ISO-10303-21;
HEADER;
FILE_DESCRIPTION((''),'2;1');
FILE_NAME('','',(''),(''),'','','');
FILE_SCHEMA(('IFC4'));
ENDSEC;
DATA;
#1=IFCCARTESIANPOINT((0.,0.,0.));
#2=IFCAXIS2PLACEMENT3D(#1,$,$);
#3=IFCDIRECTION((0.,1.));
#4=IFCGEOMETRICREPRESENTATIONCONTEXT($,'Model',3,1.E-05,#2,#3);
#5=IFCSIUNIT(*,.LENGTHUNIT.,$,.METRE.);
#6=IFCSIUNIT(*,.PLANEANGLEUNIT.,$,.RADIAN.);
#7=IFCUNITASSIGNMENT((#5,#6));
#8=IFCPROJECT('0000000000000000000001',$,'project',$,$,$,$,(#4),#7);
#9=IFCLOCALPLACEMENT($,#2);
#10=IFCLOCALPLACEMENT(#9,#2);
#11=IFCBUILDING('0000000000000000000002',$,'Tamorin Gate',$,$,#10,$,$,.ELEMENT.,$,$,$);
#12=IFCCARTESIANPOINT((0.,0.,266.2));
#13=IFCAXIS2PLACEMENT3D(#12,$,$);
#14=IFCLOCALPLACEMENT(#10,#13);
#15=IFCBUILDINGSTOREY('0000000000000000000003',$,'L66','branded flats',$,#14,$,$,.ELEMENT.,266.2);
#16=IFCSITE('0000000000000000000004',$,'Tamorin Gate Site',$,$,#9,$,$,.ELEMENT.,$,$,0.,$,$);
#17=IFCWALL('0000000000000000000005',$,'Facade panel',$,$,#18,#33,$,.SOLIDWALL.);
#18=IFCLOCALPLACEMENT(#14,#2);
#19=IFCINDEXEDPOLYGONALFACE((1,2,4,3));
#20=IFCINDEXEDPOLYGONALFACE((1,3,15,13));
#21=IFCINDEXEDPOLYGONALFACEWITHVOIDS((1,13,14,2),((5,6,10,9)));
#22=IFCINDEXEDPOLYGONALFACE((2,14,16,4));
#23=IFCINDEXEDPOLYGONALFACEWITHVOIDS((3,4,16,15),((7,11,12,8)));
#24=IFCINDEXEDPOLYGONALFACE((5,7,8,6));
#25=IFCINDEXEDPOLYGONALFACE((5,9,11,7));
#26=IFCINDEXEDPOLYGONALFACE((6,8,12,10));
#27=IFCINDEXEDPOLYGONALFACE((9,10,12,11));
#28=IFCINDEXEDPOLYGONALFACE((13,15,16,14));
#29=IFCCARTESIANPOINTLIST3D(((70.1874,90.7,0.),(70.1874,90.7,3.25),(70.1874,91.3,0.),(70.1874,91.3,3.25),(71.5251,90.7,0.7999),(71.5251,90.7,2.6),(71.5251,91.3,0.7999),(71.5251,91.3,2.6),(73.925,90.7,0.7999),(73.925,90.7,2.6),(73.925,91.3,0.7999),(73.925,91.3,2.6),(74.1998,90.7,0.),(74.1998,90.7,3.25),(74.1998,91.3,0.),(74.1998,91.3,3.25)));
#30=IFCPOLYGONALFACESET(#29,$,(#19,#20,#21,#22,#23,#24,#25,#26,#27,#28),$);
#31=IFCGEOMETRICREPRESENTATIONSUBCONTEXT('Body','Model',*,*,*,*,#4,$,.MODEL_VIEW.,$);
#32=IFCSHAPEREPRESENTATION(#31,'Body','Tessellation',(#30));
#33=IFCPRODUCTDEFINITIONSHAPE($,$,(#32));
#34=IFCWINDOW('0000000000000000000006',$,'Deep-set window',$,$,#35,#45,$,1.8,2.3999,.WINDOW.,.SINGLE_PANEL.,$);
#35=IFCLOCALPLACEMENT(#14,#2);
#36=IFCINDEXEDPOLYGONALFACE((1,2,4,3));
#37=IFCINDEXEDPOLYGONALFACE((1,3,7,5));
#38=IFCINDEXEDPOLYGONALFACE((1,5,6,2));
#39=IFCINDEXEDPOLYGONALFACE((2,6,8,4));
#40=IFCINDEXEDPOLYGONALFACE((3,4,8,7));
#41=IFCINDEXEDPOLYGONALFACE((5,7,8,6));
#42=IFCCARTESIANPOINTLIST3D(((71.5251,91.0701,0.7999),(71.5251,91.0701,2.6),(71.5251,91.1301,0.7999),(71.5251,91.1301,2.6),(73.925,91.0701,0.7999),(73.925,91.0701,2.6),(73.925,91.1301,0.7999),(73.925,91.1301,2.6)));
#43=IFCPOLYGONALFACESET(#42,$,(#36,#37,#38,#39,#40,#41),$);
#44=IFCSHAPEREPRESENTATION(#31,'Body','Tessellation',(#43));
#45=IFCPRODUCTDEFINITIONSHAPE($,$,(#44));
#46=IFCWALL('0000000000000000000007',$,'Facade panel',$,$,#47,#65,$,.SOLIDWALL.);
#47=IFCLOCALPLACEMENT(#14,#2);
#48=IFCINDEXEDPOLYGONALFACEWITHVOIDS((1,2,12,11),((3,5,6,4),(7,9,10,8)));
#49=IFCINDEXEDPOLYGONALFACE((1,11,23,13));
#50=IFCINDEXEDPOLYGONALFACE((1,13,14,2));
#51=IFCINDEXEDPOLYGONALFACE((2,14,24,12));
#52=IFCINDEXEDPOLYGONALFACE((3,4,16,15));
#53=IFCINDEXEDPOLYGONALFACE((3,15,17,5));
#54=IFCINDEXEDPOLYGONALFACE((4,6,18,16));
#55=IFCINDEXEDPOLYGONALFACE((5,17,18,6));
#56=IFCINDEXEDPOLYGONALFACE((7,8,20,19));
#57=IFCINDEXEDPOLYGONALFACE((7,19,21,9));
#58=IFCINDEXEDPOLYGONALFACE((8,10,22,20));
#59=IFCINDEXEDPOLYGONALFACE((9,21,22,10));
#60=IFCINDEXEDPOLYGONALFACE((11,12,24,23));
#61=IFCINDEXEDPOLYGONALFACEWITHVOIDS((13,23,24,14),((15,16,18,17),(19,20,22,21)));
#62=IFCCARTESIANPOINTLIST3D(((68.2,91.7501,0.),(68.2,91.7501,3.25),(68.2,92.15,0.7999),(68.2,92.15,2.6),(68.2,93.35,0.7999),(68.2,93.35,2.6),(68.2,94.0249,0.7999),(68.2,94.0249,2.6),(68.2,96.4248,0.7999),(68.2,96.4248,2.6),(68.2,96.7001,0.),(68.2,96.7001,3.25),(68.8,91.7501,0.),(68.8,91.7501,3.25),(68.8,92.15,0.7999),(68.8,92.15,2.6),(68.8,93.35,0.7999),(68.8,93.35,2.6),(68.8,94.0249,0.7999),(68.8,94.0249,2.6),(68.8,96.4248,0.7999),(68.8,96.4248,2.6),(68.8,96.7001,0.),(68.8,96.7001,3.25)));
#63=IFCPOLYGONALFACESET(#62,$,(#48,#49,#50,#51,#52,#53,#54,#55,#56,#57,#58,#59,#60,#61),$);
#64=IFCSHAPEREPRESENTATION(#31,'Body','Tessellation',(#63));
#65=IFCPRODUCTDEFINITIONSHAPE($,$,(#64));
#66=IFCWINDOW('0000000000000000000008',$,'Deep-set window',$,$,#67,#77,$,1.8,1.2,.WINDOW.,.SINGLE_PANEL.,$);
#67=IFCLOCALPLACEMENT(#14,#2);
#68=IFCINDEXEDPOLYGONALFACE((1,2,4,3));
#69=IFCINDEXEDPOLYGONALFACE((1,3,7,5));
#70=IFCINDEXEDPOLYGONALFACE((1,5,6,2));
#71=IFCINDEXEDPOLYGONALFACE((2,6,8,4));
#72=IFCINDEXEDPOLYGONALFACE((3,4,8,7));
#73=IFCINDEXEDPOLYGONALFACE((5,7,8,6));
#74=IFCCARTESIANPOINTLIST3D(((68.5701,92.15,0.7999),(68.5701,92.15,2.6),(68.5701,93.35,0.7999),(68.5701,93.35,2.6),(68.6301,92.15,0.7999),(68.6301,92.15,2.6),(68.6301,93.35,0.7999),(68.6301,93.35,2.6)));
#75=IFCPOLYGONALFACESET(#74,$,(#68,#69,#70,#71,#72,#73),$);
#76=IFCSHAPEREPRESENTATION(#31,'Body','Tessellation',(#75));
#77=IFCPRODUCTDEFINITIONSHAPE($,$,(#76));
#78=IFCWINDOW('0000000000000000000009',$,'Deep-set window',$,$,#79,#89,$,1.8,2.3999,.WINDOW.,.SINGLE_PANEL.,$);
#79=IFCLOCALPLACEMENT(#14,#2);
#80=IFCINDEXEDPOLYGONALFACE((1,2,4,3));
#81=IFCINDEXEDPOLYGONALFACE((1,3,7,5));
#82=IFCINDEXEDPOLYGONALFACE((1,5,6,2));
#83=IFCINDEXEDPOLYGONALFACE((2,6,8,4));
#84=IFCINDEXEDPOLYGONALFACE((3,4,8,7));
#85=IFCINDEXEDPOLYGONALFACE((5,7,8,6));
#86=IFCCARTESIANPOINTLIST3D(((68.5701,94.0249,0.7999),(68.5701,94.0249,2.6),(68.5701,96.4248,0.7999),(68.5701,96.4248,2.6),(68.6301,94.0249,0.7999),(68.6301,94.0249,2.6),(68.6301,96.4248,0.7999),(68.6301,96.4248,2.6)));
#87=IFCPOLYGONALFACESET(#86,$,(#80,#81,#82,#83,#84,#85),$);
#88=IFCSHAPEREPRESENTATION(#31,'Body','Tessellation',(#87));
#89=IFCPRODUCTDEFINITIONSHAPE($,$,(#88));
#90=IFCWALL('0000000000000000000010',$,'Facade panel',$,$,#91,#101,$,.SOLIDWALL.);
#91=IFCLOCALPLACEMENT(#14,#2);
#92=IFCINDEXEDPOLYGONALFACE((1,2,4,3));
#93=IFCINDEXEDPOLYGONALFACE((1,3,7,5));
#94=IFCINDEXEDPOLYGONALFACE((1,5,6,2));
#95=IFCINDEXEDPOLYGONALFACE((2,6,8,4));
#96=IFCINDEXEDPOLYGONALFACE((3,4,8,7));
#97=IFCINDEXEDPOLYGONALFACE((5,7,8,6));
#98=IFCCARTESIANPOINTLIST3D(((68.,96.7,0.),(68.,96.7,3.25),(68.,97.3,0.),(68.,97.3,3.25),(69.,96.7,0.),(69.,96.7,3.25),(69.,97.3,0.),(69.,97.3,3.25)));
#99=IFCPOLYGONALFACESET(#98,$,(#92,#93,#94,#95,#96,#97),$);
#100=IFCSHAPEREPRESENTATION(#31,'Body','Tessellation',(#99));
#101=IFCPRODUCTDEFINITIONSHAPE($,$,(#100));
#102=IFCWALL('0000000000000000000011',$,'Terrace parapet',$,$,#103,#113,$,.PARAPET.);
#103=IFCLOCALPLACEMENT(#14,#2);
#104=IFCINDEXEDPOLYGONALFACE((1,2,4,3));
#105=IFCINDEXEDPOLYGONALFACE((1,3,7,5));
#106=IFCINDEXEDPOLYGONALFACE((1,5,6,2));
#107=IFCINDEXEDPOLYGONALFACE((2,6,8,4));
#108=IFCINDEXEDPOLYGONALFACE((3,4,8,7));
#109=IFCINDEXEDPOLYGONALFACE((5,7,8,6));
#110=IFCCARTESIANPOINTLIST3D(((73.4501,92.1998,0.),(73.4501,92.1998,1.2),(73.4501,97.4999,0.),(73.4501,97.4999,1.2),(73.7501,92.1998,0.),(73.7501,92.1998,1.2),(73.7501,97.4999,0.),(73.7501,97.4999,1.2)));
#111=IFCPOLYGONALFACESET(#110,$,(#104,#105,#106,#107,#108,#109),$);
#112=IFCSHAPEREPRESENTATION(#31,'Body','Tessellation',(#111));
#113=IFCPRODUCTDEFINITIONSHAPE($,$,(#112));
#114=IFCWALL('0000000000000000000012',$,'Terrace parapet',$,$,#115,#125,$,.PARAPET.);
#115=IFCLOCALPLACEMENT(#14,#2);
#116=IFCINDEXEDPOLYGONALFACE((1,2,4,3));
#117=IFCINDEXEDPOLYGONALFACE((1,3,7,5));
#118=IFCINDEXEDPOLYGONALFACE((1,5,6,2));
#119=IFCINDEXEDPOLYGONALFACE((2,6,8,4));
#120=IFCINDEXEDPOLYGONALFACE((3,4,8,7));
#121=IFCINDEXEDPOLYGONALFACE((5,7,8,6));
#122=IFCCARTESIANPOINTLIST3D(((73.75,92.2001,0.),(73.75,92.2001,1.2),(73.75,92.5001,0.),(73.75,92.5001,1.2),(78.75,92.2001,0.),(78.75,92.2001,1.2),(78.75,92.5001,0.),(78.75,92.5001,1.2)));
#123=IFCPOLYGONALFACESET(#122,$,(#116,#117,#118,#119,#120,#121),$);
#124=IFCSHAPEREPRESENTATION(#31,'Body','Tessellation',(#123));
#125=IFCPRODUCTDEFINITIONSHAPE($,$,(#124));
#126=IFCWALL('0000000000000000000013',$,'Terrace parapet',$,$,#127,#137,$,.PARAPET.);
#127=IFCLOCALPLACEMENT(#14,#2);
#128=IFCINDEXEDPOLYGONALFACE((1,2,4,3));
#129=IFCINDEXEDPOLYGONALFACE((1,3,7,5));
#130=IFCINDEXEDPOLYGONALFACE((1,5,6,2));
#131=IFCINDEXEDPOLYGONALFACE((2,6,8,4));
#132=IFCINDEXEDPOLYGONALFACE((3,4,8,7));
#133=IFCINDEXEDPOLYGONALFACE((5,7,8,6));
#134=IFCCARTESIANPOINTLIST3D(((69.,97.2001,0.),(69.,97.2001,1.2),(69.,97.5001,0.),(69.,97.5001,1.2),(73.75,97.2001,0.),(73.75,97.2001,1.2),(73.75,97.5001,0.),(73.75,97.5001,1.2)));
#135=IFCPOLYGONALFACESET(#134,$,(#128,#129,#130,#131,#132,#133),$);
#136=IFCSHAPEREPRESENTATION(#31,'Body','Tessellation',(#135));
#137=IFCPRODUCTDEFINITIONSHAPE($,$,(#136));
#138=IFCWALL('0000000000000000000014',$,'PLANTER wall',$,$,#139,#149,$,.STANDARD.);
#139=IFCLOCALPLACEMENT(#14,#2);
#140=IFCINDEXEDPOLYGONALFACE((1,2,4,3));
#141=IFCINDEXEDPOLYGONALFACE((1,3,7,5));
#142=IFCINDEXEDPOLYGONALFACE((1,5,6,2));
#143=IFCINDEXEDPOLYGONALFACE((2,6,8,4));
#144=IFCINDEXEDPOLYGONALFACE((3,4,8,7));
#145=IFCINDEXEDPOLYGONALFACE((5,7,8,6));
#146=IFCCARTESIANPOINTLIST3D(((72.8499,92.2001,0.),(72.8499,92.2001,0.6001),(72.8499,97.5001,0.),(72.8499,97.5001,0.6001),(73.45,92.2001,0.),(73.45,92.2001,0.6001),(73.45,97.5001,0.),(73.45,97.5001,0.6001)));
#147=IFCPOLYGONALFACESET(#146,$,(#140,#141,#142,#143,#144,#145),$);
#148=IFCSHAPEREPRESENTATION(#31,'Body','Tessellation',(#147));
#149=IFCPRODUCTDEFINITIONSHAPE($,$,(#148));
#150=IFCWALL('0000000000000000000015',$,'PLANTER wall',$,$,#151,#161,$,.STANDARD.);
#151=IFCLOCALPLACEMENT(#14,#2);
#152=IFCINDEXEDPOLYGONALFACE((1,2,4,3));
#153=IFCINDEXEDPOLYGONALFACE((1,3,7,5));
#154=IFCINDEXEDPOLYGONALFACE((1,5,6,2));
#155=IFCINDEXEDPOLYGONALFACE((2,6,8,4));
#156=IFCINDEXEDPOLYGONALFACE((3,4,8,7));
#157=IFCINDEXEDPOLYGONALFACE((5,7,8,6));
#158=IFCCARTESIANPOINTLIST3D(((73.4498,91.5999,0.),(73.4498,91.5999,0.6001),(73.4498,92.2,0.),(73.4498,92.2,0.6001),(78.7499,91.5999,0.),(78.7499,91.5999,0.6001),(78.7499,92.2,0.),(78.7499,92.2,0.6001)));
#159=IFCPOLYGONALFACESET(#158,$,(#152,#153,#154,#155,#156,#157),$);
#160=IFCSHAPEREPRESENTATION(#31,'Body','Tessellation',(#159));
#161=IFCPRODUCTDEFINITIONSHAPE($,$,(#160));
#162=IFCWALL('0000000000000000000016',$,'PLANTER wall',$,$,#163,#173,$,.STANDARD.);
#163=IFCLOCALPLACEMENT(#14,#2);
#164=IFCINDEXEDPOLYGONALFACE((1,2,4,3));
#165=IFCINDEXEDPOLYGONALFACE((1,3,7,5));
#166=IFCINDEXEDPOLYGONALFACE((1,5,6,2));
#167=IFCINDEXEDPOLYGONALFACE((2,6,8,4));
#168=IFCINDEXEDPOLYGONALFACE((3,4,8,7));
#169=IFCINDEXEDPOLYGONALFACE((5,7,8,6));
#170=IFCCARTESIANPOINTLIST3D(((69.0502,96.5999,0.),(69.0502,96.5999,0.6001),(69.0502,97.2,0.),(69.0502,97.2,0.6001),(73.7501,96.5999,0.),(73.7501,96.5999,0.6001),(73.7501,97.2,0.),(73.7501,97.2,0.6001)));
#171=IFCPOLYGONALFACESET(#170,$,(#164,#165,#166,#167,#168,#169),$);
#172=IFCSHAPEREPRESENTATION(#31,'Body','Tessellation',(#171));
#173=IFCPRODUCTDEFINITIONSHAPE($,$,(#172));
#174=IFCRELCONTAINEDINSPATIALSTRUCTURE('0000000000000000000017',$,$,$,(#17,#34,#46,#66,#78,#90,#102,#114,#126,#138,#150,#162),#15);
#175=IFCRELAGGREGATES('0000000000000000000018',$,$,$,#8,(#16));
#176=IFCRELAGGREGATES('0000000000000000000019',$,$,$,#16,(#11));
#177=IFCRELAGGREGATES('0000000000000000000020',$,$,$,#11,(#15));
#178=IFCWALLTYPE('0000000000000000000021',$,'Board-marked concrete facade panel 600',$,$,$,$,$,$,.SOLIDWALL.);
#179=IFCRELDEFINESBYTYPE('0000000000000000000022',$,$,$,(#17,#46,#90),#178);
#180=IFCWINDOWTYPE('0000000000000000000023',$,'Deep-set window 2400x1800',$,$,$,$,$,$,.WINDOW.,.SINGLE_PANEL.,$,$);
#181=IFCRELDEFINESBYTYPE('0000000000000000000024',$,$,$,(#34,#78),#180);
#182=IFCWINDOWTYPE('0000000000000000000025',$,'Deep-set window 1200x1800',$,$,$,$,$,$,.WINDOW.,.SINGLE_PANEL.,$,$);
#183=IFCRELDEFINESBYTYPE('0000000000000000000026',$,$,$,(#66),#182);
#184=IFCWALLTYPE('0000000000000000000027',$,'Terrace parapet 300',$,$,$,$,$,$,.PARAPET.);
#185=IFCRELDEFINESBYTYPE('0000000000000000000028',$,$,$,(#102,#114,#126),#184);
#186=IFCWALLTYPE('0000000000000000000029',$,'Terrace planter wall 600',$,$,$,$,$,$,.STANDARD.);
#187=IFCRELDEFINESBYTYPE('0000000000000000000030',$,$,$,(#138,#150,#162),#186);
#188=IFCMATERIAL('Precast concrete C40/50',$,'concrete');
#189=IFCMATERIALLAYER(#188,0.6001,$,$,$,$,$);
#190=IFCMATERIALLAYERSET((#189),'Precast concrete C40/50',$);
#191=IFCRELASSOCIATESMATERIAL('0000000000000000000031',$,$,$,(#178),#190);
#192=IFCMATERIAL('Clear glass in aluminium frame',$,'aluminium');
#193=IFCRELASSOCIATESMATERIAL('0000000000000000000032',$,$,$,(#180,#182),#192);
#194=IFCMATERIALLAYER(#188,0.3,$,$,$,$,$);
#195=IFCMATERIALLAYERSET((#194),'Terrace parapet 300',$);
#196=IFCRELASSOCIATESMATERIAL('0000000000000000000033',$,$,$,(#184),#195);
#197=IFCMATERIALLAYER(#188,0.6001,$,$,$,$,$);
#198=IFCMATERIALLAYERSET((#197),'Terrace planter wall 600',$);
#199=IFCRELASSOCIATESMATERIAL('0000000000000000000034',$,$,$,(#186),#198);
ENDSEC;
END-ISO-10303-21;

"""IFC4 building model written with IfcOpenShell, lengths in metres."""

from ifc_helpers import new_model, si_unit, direction, frame, frame_2d, origin, place, context, subcontext, project, spatial, rectangle, extrude, material, layer, layer_set, type_object, element, fill, save


model = new_model("IFC4")

# Units and contexts
model_context = context("Model", 3, precision=1e-05, world=origin(), true_north=direction((0.0, 1.0)))
body_context = subcontext(model_context, "Body", "Model", "MODEL_VIEW")
ifc_project = project(units=[si_unit("LENGTHUNIT", "METRE"), si_unit("PLANEANGLEUNIT", "RADIAN")], contexts=[model_context])

# Site, building, storey
site_placement = place(None, origin())
site = spatial("IfcSite", under=ifc_project, at=site_placement, Name="Tamorin Gate Site", CompositionType="ELEMENT", RefElevation=0.0)
building_placement = place(site_placement, origin())
building = spatial("IfcBuilding", under=site, at=building_placement, Name="Tamorin Gate", CompositionType="ELEMENT")
storey_placement = place(building_placement, frame((0.0, 0.0, 266.2)))
storey = spatial("IfcBuildingStorey", under=building, at=storey_placement, Name="L66", Description="branded flats", CompositionType="ELEMENT", Elevation=266.2)

# Shared definitions
ifc_material_1 = material(Name="Precast concrete C40/50", Category="concrete")
ifc_layer_1 = layer(ifc_material_1, 0.6001)
ifc_layer_set_1 = layer_set([ifc_layer_1], Name="Precast concrete C40/50")
wall_type_1 = type_object("IfcWallType", Name="Board-marked concrete facade panel 600", PredefinedType="SOLIDWALL", material=ifc_layer_set_1)
ifc_material_2 = material(Name="Clear glass in aluminium frame", Category="aluminium")
window_type_1 = type_object("IfcWindowType", Name="Deep-set window 2400x1800", PartitioningType="SINGLE_PANEL", PredefinedType="WINDOW", material=ifc_material_2)

# Wall, opening, window
wall_1_placement = place(storey_placement, frame((74.2, 91.0, 0.0), z_axis=(0.0, 0.0, 1.0), x_axis=(-1.0, 0.0, 0.0)))
wall_1 = element("IfcWall", 1, at=wall_1_placement, inside=storey, type_object=wall_type_1, Name="Facade panel", PredefinedType="SOLIDWALL", context=body_context, shape_type="SweptSolid", body=[
    extrude(rectangle(XDim=4.0125, YDim=0.6001, at=frame_2d((2.0063, 0.0))), origin(), (0.0, 0.0, 1.0), 3.25),
])
opening_1_placement = place(wall_1_placement, frame((0.2749, 0.0, 0.8)))
opening_1 = element("IfcOpeningElement", 2, at=opening_1_placement, cuts=wall_1, PredefinedType="OPENING", context=body_context, shape_type="SweptSolid", body=[
    extrude(rectangle(XDim=2.3999, YDim=1.8, at=frame_2d((1.2, 0.8999))), frame((0.0, 0.3101, 0.0), z_axis=(0.0, -1.0, 0.0), x_axis=(1.0, 0.0, 0.0)), (0.0, 0.0, 1.0), 0.6201),
])
window_1_placement = place(opening_1_placement, origin())
window_1 = element("IfcWindow", 3, at=window_1_placement, inside=storey, type_object=window_type_1, Name="Deep-set window", OverallHeight=1.8, OverallWidth=2.3999, PartitioningType="SINGLE_PANEL", PredefinedType="WINDOW", context=body_context, shape_type="SweptSolid", body=[
    extrude(rectangle(XDim=2.3999, YDim=1.8, at=frame_2d((1.2, 0.8999))), frame((0.0, -0.0701, 0.0), z_axis=(0.0, -1.0, 0.0), x_axis=(1.0, 0.0, 0.0)), (0.0, 0.0, 1.0), 0.0601),
])
fill(opening_1, window_1)

# Wall, openings, windows
wall_2_placement = place(storey_placement, frame((68.5, 91.75, 0.0), z_axis=(0.0, 0.0, 1.0), x_axis=(0.0, 1.0, 0.0)))
wall_2 = element("IfcWall", 4, at=wall_2_placement, inside=storey, type_object=wall_type_1, Name="Facade panel", PredefinedType="SOLIDWALL", context=body_context, shape_type="SweptSolid", body=[
    extrude(rectangle(XDim=4.95, YDim=0.6001, at=frame_2d((2.4751, 0.0))), origin(), (0.0, 0.0, 1.0), 3.25),
])
opening_2_placement = place(wall_2_placement, frame((0.3999, 0.0, 0.8)))
opening_2 = element("IfcOpeningElement", 5, at=opening_2_placement, cuts=wall_2, PredefinedType="OPENING", context=body_context, shape_type="SweptSolid", body=[
    extrude(rectangle(XDim=1.2, YDim=1.8, at=frame_2d((0.6001, 0.8999))), frame((0.0, 0.3101, 0.0), z_axis=(0.0, -1.0, 0.0), x_axis=(1.0, 0.0, 0.0)), (0.0, 0.0, 1.0), 0.6201),
])
opening_3_placement = place(wall_2_placement, frame((2.2749, 0.0, 0.8)))
opening_3 = element("IfcOpeningElement", 6, at=opening_3_placement, cuts=wall_2, PredefinedType="OPENING", context=body_context, shape_type="SweptSolid", body=[
    extrude(rectangle(XDim=2.3999, YDim=1.8, at=frame_2d((1.2, 0.8999))), frame((0.0, 0.3101, 0.0), z_axis=(0.0, -1.0, 0.0), x_axis=(1.0, 0.0, 0.0)), (0.0, 0.0, 1.0), 0.6201),
])
window_type_2 = type_object("IfcWindowType", Name="Deep-set window 1200x1800", PartitioningType="SINGLE_PANEL", PredefinedType="WINDOW", material=ifc_material_2)
window_2_placement = place(opening_2_placement, origin())
window_2 = element("IfcWindow", 7, at=window_2_placement, inside=storey, type_object=window_type_2, Name="Deep-set window", OverallHeight=1.8, OverallWidth=1.2, PartitioningType="SINGLE_PANEL", PredefinedType="WINDOW", context=body_context, shape_type="SweptSolid", body=[
    extrude(rectangle(XDim=1.2, YDim=1.8, at=frame_2d((0.6001, 0.8999))), frame((0.0, -0.0701, 0.0), z_axis=(0.0, -1.0, 0.0), x_axis=(1.0, 0.0, 0.0)), (0.0, 0.0, 1.0), 0.0601),
])
fill(opening_2, window_2)
window_3_placement = place(opening_3_placement, origin())
window_3 = element("IfcWindow", 8, at=window_3_placement, inside=storey, type_object=window_type_1, Name="Deep-set window", OverallHeight=1.8, OverallWidth=2.3999, PartitioningType="SINGLE_PANEL", PredefinedType="WINDOW", context=body_context, shape_type="SweptSolid", body=[
    extrude(rectangle(XDim=2.3999, YDim=1.8, at=frame_2d((1.2, 0.8999))), frame((0.0, -0.0701, 0.0), z_axis=(0.0, -1.0, 0.0), x_axis=(1.0, 0.0, 0.0)), (0.0, 0.0, 1.0), 0.0601),
])
fill(opening_3, window_3)

# Walls
wall_3_placement = place(storey_placement, frame((69.0, 97.0, 0.0), z_axis=(0.0, 0.0, 1.0), x_axis=(-1.0, 0.0, 0.0)))
element("IfcWall", 9, at=wall_3_placement, inside=storey, type_object=wall_type_1, Name="Facade panel", PredefinedType="SOLIDWALL", context=body_context, shape_type="SweptSolid", body=[
    extrude(rectangle(XDim=1.0, YDim=0.6001, at=frame_2d((0.5, 0.0))), origin(), (0.0, 0.0, 1.0), 3.25),
])
ifc_layer_2 = layer(ifc_material_1, 0.3)
ifc_layer_set_2 = layer_set([ifc_layer_2], Name="Terrace parapet 300")
wall_type_2 = type_object("IfcWallType", Name="Terrace parapet 300", PredefinedType="PARAPET", material=ifc_layer_set_2)
wall_4_placement = place(storey_placement, frame((73.6001, 92.2, 0.0), z_axis=(0.0, 0.0, 1.0), x_axis=(0.0, 1.0, 0.0)))
element("IfcWall", 10, at=wall_4_placement, inside=storey, type_object=wall_type_2, Name="Terrace parapet", PredefinedType="PARAPET", context=body_context, shape_type="SweptSolid", body=[
    extrude(rectangle(XDim=5.3, YDim=0.3, at=frame_2d((2.6499, 0.0))), origin(), (0.0, 0.0, 1.0), 1.2),
])
wall_5_placement = place(storey_placement, frame((73.75, 92.3501, 0.0), z_axis=(0.0, 0.0, 1.0), x_axis=(1.0, 0.0, 0.0)))
element("IfcWall", 11, at=wall_5_placement, inside=storey, type_object=wall_type_2, Name="Terrace parapet", PredefinedType="PARAPET", context=body_context, shape_type="SweptSolid", body=[
    extrude(rectangle(XDim=5.0, YDim=0.3, at=frame_2d((2.5, 0.0))), origin(), (0.0, 0.0, 1.0), 1.2),
])
wall_6_placement = place(storey_placement, frame((69.0, 97.3501, 0.0), z_axis=(0.0, 0.0, 1.0), x_axis=(1.0, 0.0, 0.0)))
element("IfcWall", 12, at=wall_6_placement, inside=storey, type_object=wall_type_2, Name="Terrace parapet", PredefinedType="PARAPET", context=body_context, shape_type="SweptSolid", body=[
    extrude(rectangle(XDim=4.75, YDim=0.3, at=frame_2d((2.375, 0.0))), origin(), (0.0, 0.0, 1.0), 1.2),
])
ifc_layer_3 = layer(ifc_material_1, 0.6001)
ifc_layer_set_3 = layer_set([ifc_layer_3], Name="Terrace planter wall 600")
wall_type_3 = type_object("IfcWallType", Name="Terrace planter wall 600", PredefinedType="STANDARD", material=ifc_layer_set_3)
for number, where, z_axis, x_axis, name in (
    (13, (73.1499, 97.5, 0.0), (0.0, 0.0, 1.0), (0.0, -1.0, 0.0), "PLANTER wall"),
    (14, (73.45, 91.8999, 0.0), (0.0, 0.0, 1.0), (1.0, 0.0, 0.0), "PLANTER wall"),
):
    element("IfcWall", number, at=place(storey_placement, frame(where, z_axis=z_axis, x_axis=x_axis)), inside=storey, type_object=wall_type_3, Name=name, PredefinedType="STANDARD", context=body_context, shape_type="SweptSolid", body=[
        extrude(rectangle(XDim=5.3, YDim=0.6001, at=frame_2d((2.6499, 0.0))), origin(), (0.0, 0.0, 1.0), 0.6001),
    ])
wall_7_placement = place(storey_placement, frame((69.05, 96.8999, 0.0), z_axis=(0.0, 0.0, 1.0), x_axis=(1.0, 0.0, 0.0)))
element("IfcWall", 15, at=wall_7_placement, inside=storey, type_object=wall_type_3, Name="PLANTER wall", PredefinedType="STANDARD", context=body_context, shape_type="SweptSolid", body=[
    extrude(rectangle(XDim=4.7, YDim=0.6001, at=frame_2d((2.3501, 0.0))), origin(), (0.0, 0.0, 1.0), 0.6001),
])

save(model, "model.ifc")
